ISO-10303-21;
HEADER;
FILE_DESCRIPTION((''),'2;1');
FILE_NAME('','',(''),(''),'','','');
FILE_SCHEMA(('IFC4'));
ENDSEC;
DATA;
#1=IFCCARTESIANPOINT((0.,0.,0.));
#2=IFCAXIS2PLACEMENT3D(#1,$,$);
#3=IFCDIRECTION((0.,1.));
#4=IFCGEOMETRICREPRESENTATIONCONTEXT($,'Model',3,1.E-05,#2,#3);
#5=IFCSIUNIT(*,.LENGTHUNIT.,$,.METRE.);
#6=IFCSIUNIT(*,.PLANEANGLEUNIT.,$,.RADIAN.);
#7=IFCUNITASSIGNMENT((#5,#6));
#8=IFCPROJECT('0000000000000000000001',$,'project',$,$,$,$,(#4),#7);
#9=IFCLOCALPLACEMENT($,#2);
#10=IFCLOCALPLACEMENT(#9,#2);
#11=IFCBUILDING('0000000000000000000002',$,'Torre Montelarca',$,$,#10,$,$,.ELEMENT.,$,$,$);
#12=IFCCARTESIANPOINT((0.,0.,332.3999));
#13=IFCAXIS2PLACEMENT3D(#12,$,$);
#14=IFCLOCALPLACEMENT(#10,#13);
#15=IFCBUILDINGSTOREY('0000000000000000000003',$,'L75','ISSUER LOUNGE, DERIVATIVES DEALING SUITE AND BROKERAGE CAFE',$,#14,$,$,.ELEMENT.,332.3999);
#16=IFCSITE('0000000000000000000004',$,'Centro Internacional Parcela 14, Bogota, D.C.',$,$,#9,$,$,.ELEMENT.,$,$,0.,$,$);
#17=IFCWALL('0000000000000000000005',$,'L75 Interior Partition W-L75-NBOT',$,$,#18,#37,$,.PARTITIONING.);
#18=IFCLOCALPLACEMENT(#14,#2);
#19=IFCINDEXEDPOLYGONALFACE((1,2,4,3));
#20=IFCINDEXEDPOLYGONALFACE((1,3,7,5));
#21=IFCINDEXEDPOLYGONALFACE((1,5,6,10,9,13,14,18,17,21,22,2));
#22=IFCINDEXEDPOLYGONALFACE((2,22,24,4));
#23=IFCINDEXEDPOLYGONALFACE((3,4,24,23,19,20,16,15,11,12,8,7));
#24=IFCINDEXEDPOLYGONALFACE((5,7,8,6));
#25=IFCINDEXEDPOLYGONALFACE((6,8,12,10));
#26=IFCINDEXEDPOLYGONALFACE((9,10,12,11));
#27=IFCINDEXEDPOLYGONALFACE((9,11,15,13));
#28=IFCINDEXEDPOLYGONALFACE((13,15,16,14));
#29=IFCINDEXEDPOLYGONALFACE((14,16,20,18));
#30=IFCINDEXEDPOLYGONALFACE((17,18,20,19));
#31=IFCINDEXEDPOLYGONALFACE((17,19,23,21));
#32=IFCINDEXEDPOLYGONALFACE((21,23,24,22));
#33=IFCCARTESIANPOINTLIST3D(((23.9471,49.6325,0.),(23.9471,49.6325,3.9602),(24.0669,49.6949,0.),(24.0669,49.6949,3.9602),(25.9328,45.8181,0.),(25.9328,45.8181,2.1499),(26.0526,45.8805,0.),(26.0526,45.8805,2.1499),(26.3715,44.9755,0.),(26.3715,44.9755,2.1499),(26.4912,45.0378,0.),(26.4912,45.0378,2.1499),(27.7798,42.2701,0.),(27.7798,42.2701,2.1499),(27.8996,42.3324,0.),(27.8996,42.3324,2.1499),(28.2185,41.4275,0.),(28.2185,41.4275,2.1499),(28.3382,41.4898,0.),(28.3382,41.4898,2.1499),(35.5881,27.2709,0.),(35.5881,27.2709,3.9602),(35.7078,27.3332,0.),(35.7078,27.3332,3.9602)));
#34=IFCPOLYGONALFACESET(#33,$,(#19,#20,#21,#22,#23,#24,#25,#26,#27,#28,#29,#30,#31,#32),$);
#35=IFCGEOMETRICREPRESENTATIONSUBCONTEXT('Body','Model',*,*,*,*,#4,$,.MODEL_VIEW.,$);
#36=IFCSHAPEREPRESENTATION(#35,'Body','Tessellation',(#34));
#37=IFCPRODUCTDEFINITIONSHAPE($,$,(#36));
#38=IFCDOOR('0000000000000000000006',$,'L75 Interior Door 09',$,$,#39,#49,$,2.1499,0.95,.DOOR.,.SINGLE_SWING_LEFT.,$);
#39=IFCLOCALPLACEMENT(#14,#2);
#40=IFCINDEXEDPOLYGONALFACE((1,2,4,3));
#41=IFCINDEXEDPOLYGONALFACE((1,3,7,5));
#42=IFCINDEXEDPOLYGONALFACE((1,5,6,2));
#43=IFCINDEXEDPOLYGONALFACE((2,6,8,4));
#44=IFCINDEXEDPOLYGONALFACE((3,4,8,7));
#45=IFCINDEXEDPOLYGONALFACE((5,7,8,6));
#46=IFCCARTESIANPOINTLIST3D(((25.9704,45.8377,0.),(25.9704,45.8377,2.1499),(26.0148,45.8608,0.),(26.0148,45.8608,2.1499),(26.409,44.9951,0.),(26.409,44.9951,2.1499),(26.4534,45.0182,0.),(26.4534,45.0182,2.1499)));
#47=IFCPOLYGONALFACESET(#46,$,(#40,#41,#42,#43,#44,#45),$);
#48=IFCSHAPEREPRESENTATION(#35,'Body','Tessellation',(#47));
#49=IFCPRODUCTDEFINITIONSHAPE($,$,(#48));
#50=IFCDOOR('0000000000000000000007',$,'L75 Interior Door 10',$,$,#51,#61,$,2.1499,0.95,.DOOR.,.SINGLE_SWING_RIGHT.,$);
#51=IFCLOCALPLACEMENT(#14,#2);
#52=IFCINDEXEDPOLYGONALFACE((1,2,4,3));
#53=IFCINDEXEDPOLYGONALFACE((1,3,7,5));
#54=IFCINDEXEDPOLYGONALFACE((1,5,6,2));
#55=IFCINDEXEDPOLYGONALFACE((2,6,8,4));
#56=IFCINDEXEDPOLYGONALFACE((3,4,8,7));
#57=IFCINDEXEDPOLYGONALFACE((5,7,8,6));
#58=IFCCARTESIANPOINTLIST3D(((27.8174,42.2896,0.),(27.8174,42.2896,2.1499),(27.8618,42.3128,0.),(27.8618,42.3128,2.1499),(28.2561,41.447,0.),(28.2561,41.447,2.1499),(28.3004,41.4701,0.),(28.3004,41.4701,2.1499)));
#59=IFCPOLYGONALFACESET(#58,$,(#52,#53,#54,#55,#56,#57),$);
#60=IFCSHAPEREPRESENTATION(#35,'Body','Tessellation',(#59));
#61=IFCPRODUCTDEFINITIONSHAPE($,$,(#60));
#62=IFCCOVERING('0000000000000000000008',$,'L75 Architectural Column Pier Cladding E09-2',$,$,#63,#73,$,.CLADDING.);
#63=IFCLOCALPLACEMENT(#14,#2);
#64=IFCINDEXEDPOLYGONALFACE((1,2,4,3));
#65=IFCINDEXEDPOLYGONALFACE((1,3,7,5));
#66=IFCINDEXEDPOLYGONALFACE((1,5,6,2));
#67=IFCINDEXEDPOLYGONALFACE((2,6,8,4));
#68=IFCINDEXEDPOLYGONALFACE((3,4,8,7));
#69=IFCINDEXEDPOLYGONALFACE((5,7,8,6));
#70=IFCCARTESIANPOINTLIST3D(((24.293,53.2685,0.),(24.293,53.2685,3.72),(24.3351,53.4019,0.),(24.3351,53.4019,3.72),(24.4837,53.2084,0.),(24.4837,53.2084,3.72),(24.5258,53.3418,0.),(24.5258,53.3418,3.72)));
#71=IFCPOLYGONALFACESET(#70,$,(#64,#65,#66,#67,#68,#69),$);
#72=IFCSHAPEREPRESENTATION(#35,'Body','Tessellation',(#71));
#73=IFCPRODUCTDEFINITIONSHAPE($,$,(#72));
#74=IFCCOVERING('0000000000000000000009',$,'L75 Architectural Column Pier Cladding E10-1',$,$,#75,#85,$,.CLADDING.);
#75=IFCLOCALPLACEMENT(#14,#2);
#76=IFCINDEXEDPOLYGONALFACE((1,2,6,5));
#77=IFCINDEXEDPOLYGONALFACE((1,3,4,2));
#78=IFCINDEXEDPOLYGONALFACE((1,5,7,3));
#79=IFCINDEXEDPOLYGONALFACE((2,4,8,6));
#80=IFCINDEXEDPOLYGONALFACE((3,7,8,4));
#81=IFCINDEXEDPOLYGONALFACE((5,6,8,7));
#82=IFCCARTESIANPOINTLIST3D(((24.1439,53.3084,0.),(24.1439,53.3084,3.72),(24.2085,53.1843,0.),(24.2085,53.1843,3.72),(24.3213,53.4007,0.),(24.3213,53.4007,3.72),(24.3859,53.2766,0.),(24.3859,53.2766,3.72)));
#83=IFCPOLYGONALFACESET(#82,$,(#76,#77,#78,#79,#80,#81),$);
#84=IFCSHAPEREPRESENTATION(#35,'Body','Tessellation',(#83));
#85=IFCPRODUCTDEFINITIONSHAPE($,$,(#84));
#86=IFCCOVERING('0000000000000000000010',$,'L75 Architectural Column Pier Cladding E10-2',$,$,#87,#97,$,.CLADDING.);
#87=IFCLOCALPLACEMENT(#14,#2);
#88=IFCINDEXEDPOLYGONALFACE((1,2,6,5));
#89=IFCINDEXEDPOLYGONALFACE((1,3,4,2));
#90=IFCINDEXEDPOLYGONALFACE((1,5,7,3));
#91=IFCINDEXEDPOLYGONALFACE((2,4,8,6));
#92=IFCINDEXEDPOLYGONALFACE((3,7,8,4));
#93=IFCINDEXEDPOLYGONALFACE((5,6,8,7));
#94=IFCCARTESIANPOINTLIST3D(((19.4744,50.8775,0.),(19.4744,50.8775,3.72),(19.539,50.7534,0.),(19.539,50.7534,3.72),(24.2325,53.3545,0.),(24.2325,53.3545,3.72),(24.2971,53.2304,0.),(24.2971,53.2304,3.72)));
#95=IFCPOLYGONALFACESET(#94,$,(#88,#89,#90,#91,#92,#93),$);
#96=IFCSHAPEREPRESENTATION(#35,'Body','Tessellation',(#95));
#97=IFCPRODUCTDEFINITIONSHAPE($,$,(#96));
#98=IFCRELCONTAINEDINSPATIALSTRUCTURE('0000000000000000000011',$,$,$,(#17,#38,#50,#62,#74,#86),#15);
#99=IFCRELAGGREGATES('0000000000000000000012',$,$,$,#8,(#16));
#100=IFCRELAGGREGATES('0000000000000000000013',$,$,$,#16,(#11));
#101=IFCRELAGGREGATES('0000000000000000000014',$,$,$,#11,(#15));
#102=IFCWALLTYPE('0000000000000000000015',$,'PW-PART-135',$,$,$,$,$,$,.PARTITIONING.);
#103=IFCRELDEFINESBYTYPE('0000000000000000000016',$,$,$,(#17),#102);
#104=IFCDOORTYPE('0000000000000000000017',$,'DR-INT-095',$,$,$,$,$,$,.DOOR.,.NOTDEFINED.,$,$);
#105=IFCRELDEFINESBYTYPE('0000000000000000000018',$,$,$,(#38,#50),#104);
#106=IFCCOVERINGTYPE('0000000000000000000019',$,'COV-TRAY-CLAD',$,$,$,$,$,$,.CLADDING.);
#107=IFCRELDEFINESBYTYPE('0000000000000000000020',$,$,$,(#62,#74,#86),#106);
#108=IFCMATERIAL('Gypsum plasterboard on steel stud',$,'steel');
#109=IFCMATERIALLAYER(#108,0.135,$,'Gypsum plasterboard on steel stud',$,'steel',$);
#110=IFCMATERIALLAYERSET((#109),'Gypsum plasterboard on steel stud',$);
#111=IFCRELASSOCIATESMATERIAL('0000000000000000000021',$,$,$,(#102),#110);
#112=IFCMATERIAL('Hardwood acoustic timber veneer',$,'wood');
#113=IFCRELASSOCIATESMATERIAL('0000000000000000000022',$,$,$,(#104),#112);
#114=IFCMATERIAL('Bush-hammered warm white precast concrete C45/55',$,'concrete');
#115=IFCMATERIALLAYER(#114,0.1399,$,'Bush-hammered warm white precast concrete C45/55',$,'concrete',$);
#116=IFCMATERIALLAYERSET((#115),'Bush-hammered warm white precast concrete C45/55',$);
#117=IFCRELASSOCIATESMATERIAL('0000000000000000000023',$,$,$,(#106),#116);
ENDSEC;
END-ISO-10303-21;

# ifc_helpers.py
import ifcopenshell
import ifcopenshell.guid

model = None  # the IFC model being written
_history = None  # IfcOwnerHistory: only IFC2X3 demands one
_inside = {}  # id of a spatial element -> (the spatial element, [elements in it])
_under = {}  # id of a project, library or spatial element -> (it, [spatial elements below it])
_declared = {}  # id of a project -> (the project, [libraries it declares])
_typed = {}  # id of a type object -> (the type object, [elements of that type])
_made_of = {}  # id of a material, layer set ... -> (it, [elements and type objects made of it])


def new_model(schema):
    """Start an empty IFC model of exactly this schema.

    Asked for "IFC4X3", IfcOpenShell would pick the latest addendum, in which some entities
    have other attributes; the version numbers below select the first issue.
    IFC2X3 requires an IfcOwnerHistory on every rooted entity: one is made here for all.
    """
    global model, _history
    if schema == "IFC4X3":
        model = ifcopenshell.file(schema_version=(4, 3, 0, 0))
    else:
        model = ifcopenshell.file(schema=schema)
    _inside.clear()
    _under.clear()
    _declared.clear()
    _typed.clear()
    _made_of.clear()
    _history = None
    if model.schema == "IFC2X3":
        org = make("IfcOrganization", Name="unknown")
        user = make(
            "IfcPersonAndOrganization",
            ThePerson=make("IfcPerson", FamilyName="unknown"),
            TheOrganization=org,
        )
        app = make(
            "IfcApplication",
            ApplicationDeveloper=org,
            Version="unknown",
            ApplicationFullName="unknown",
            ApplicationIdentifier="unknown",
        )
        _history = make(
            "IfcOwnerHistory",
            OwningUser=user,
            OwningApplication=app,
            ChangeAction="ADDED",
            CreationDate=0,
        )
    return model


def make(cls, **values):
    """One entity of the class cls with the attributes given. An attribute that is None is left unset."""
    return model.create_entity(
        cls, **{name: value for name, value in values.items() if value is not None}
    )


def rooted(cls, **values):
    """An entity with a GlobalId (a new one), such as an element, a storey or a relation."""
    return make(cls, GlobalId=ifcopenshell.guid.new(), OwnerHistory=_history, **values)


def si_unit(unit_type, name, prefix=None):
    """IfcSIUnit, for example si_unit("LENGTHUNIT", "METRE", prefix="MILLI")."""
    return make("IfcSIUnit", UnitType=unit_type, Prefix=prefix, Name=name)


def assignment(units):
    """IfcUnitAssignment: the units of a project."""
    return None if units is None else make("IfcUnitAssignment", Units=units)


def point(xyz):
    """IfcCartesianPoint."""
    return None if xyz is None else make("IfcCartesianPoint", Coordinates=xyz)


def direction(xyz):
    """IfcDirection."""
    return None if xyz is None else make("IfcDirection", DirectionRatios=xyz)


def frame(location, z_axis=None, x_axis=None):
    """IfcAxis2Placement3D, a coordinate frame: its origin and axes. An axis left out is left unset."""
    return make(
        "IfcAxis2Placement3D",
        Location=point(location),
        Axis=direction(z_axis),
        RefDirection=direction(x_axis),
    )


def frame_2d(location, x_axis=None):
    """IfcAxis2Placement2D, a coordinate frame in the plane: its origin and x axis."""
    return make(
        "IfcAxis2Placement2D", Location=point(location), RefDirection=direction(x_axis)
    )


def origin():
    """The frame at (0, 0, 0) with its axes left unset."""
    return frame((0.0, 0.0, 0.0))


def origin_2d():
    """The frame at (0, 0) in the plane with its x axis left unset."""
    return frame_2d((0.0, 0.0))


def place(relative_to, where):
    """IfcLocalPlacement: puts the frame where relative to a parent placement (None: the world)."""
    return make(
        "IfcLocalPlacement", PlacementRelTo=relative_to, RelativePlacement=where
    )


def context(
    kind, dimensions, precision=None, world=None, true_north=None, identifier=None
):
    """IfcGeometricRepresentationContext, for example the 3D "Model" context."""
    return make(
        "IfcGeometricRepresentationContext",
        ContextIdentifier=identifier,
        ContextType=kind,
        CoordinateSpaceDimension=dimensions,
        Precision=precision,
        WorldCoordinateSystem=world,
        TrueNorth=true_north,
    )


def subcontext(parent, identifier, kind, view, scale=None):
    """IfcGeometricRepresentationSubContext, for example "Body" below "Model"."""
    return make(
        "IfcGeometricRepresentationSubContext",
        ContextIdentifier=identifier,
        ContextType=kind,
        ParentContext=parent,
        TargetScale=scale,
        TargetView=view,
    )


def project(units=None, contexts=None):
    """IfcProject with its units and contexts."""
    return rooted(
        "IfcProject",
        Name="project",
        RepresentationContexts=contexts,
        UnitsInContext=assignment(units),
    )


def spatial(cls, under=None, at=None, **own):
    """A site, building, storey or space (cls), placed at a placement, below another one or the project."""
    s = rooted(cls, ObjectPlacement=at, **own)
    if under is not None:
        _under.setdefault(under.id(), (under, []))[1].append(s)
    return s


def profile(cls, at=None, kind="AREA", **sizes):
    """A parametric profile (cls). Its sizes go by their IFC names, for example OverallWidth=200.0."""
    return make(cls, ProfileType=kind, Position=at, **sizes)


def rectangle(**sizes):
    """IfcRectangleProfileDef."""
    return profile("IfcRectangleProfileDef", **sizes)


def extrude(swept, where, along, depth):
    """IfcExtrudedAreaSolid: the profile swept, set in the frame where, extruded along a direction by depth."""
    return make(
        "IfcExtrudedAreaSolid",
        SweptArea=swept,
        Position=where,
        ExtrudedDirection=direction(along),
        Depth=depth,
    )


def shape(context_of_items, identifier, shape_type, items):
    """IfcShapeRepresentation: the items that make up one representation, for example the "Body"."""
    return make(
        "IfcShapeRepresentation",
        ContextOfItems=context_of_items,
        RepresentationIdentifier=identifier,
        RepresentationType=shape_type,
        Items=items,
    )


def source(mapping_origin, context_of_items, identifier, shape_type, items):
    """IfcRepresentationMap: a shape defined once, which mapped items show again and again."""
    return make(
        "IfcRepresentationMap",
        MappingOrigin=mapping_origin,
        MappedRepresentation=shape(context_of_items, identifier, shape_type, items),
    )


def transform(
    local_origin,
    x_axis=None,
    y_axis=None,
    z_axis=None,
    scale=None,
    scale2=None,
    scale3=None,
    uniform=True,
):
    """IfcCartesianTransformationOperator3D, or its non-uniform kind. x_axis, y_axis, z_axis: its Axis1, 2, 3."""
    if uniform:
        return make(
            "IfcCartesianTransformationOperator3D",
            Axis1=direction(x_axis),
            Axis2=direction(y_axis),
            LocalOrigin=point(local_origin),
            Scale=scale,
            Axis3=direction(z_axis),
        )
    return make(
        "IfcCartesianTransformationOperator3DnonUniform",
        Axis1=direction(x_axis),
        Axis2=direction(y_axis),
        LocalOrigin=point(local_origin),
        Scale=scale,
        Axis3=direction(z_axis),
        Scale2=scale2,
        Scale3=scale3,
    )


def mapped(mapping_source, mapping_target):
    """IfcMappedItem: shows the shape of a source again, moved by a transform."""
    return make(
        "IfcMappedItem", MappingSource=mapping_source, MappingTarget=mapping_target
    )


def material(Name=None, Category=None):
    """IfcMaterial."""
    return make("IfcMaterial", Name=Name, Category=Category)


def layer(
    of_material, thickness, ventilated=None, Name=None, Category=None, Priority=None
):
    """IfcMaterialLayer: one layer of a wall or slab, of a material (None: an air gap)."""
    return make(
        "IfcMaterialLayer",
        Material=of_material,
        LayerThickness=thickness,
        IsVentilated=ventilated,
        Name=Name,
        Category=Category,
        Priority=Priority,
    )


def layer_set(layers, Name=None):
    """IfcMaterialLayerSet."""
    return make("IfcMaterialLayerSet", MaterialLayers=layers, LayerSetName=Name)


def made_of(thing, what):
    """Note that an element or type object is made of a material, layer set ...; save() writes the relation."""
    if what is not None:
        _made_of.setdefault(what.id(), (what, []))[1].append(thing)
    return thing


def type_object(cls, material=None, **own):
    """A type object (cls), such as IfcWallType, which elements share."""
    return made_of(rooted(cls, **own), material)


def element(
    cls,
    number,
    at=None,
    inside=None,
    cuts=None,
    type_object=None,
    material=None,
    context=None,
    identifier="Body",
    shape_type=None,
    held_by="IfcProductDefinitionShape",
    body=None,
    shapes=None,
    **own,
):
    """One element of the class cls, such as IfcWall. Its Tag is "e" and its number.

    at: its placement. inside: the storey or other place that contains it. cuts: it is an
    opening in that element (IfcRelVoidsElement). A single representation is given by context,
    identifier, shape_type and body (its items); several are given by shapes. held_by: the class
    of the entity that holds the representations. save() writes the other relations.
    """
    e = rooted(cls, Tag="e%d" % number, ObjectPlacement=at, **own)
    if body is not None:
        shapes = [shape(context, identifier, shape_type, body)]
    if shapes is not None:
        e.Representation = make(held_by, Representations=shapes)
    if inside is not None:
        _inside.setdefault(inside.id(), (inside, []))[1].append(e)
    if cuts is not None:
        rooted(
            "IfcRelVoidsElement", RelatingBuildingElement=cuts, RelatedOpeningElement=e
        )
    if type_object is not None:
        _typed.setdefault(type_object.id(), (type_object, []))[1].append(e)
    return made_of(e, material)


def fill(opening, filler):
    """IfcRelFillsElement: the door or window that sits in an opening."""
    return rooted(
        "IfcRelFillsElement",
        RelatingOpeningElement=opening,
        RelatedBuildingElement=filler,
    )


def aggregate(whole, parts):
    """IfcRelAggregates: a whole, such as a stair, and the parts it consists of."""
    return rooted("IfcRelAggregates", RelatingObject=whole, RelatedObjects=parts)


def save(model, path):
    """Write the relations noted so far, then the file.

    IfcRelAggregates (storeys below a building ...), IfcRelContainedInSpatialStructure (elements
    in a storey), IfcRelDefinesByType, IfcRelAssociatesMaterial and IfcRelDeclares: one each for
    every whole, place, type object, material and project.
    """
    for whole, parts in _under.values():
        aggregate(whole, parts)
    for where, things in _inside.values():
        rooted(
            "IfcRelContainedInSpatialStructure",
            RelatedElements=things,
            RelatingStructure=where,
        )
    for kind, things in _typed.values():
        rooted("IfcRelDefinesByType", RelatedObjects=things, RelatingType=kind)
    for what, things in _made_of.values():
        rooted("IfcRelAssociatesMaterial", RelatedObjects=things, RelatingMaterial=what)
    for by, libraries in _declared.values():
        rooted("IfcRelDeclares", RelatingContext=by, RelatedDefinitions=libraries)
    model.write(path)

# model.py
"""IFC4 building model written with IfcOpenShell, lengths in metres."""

from ifc_helpers import new_model, si_unit, direction, frame, frame_2d, origin, origin_2d, place, context, subcontext, project, spatial, rectangle, extrude, source, transform, mapped, material, layer, layer_set, type_object, element, fill, save


model = new_model("IFC4")

# Units and contexts
model_context = context("Model", 3, precision=1e-05, world=origin(), true_north=direction((0.0, 1.0)))
body_context = subcontext(model_context, "Body", "Model", "MODEL_VIEW")
ifc_project = project(units=[si_unit("LENGTHUNIT", "METRE"), si_unit("PLANEANGLEUNIT", "RADIAN")], contexts=[model_context])

# Site, building, storey
site_placement = place(None, origin())
site = spatial("IfcSite", under=ifc_project, at=site_placement, Name="Centro Internacional Parcela 14, Bogota, D.C.", CompositionType="ELEMENT", RefElevation=0.0)
building_placement = place(site_placement, origin())
building = spatial("IfcBuilding", under=site, at=building_placement, Name="Torre Montelarca", CompositionType="ELEMENT")
storey_placement = place(building_placement, frame((0.0, 0.0, 332.3999)))
storey = spatial("IfcBuildingStorey", under=building, at=storey_placement, Name="L75", Description="ISSUER LOUNGE, DERIVATIVES DEALING SUITE AND BROKERAGE CAFE", CompositionType="ELEMENT", Elevation=332.3999)

# Shared definitions
ifc_material_1 = material(Name="Hardwood acoustic timber veneer", Category="wood")

# Wall, openings, doors
ifc_material_2 = material(Name="Gypsum plasterboard on steel stud", Category="steel")
ifc_layer_1 = layer(ifc_material_2, 0.135, Name="Gypsum plasterboard on steel stud", Category="steel")
ifc_layer_set_1 = layer_set([ifc_layer_1], Name="Gypsum plasterboard on steel stud")
wall_type_1 = type_object("IfcWallType", Name="PW-PART-135", PredefinedType="PARTITIONING", material=ifc_layer_set_1)
wall_1_placement = place(storey_placement, frame((24.0071, 49.6636, 0.0), z_axis=(0.0, 0.0, 1.0), x_axis=(0.461754, -0.887008, 0.0)))
wall_1 = element("IfcWall", 1, at=wall_1_placement, inside=storey, type_object=wall_type_1, Name="L75 Interior Partition W-L75-NBOT", PredefinedType="PARTITIONING", context=body_context, shape_type="SweptSolid", body=[
    extrude(rectangle(XDim=25.2102, YDim=0.135, at=frame_2d((12.605, 0.0))), origin(), (0.0, 0.0, 1.0), 3.9602),
])
opening_1_placement = place(wall_1_placement, frame((4.3, 0.0, 0.0)))
opening_1 = element("IfcOpeningElement", 2, at=opening_1_placement, cuts=wall_1, PredefinedType="OPENING", context=body_context, shape_type="SweptSolid", body=[
    extrude(rectangle(XDim=0.95, YDim=2.1499, at=frame_2d((0.4751, 1.075))), frame((0.0, 0.0776, 0.0), z_axis=(0.0, -1.0, 0.0), x_axis=(1.0, 0.0, 0.0)), (0.0, 0.0, 1.0), 0.155),
])
opening_2_placement = place(wall_1_placement, frame((8.3, 0.0, 0.0)))
opening_2 = element("IfcOpeningElement", 3, at=opening_2_placement, cuts=wall_1, PredefinedType="OPENING", context=body_context, shape_type="SweptSolid", body=[
    extrude(rectangle(XDim=0.95, YDim=2.1499, at=frame_2d((0.4751, 1.075))), frame((0.0, 0.0776, 0.0), z_axis=(0.0, -1.0, 0.0), x_axis=(1.0, 0.0, 0.0)), (0.0, 0.0, 1.0), 0.155),
])
door_type_1 = type_object("IfcDoorType", Name="DR-INT-095", OperationType="NOTDEFINED", PredefinedType="DOOR", material=ifc_material_1)
shared_shape_1 = source(origin(), body_context, "Body", "SweptSolid", [
    extrude(rectangle(XDim=0.95, YDim=2.1499, at=frame_2d((0.4751, 1.075))), frame((0.0, 0.0249, 0.0), z_axis=(0.0, -1.0, 0.0), x_axis=(1.0, 0.0, 0.0)), (0.0, 0.0, 1.0), 0.05),
])
door_1_placement = place(opening_1_placement, origin())
door_1 = element("IfcDoor", 4, at=door_1_placement, inside=storey, type_object=door_type_1, Name="L75 Interior Door 09", OperationType="SINGLE_SWING_LEFT", OverallHeight=2.1499, OverallWidth=0.95, PredefinedType="DOOR", context=body_context, shape_type="MappedRepresentation", body=[
    mapped(shared_shape_1, transform((0.0, 0.0, 0.0), scale=1.0)),
])
fill(opening_1, door_1)
door_2_placement = place(opening_2_placement, origin())
door_2 = element("IfcDoor", 5, at=door_2_placement, inside=storey, type_object=door_type_1, Name="L75 Interior Door 10", OperationType="SINGLE_SWING_RIGHT", OverallHeight=2.1499, OverallWidth=0.95, PredefinedType="DOOR", context=body_context, shape_type="MappedRepresentation", body=[
    mapped(shared_shape_1, transform((0.0, 0.0, 0.0), scale=1.0)),
])
fill(opening_2, door_2)

# Coverings
ifc_material_3 = material(Name="Bush-hammered warm white precast concrete C45/55", Category="concrete")
ifc_layer_2 = layer(ifc_material_3, 0.1399, Name="Bush-hammered warm white precast concrete C45/55", Category="concrete")
ifc_layer_set_2 = layer_set([ifc_layer_2], Name="Bush-hammered warm white precast concrete C45/55")
covering_type = type_object("IfcCoveringType", Name="COV-TRAY-CLAD", PredefinedType="CLADDING", material=ifc_layer_set_2)
shared_shape_2 = source(origin(), body_context, "Body", "SweptSolid", [
    extrude(rectangle(XDim=0.2, YDim=0.1399, at=origin_2d()), origin(), (0.0, 0.0, 1.0), 3.72),
])
for number, where, z_axis, x_axis, name in (
    (6, (24.4094, 53.3052, 0.0), (0.0, 0.0, 1.0), (-0.953719, 0.300701, 0.0), "L75 Architectural Column Pier Cladding E09-2"),
    (7, (24.2649, 53.2925, 0.0), (0.0, 0.0, 1.0), (-0.887011, -0.461749, 0.0), "L75 Architectural Column Pier Cladding E10-1"),
):
    element("IfcCovering", number, at=place(storey_placement, frame(where, z_axis=z_axis, x_axis=x_axis)), inside=storey, type_object=covering_type, Name=name, PredefinedType="CLADDING", context=body_context, shape_type="MappedRepresentation", body=[
        mapped(shared_shape_2, transform((0.0, 0.0, 0.0), scale=1.0)),
    ])
shared_shape_3 = source(origin(), body_context, "Body", "SweptSolid", [
    extrude(rectangle(XDim=5.3643, YDim=0.1399, at=origin_2d()), origin(), (0.0, 0.0, 1.0), 3.72),
])
covering_placement = place(storey_placement, frame((21.8857, 52.054, 0.0), z_axis=(0.0, 0.0, 1.0), x_axis=(-0.887011, -0.461749, 0.0)))
element("IfcCovering", 8, at=covering_placement, inside=storey, type_object=covering_type, Name="L75 Architectural Column Pier Cladding E10-2", PredefinedType="CLADDING", context=body_context, shape_type="MappedRepresentation", body=[
    mapped(shared_shape_3, transform((0.0, 0.0, 0.0), scale=1.0)),
])

save(model, "model.ifc")
